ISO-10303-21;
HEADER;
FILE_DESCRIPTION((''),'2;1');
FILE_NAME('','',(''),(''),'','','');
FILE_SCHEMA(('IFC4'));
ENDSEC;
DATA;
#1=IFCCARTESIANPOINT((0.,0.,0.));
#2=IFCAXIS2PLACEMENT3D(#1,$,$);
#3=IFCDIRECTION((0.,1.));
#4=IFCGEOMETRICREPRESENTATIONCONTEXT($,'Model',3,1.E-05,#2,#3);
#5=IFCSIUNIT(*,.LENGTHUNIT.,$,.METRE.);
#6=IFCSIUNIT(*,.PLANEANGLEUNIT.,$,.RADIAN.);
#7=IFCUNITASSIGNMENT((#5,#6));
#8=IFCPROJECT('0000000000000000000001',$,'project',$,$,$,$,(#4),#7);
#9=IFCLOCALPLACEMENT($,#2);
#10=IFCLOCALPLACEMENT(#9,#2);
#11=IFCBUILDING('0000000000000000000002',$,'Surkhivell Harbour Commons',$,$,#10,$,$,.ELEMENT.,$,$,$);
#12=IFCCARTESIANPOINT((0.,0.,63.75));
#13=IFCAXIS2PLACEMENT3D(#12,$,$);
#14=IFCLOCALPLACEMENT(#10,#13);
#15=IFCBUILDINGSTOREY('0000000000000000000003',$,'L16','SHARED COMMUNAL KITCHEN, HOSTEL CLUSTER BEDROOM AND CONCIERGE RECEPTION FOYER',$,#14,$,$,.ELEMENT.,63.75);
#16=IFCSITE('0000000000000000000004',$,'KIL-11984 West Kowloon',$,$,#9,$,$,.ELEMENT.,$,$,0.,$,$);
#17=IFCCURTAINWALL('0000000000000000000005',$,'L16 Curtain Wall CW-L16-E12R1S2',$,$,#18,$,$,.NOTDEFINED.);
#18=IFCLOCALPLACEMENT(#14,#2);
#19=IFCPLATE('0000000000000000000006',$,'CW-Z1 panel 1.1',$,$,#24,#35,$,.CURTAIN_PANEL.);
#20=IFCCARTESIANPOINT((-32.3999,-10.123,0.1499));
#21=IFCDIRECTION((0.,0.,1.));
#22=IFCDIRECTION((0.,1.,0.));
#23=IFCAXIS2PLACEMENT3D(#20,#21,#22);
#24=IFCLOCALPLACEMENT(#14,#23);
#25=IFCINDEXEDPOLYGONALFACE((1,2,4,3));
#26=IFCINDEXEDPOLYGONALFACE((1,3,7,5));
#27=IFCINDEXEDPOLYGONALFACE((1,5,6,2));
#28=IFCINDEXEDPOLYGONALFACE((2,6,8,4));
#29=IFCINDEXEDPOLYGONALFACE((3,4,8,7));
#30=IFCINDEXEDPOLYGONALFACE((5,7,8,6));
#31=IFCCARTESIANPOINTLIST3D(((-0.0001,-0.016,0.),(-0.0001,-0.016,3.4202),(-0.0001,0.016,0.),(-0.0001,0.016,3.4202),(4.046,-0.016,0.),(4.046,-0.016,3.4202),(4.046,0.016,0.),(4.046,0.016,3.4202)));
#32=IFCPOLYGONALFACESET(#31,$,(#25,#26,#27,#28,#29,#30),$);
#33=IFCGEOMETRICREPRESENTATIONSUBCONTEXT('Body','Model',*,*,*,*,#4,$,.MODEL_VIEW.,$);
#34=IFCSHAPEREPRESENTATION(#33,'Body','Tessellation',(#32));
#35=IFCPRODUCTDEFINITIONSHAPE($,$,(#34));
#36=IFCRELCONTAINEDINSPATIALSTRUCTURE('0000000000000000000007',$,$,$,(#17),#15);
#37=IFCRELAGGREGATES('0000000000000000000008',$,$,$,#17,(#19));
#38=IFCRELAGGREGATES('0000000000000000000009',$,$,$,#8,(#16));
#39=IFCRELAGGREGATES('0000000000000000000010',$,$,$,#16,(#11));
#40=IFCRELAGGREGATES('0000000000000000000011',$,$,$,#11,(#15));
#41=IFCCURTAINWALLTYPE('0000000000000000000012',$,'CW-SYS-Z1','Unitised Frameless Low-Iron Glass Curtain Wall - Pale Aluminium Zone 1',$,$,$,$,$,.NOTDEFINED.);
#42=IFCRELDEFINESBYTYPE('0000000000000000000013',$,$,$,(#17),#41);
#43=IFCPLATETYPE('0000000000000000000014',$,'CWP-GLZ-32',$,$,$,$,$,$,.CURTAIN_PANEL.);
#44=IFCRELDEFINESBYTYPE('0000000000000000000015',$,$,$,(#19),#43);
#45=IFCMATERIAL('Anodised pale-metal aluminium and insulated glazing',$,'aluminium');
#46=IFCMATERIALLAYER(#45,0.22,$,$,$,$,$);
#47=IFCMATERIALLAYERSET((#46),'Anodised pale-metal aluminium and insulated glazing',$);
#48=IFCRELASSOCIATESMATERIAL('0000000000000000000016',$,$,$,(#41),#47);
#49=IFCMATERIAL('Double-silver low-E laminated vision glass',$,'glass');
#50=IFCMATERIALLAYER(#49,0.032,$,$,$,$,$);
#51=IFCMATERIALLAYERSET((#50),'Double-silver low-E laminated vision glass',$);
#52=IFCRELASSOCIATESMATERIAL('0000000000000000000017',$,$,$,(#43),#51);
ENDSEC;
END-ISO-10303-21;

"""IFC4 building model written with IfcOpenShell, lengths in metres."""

from ifc_helpers import new_model, si_unit, direction, frame, frame_2d, origin, place, context, subcontext, project, spatial, rectangle, extrude, material, layer, layer_set, type_object, element, aggregate, save


model = new_model("IFC4")

# Units and contexts
model_context = context("Model", 3, precision=1e-05, world=origin(), true_north=direction((0.0, 1.0)))
body_context = subcontext(model_context, "Body", "Model", "MODEL_VIEW")
ifc_project = project(units=[si_unit("LENGTHUNIT", "METRE"), si_unit("PLANEANGLEUNIT", "RADIAN")], contexts=[model_context])

# Site, building, storey
site_placement = place(None, origin())
site = spatial("IfcSite", under=ifc_project, at=site_placement, Name="KIL-11984 West Kowloon", CompositionType="ELEMENT", RefElevation=0.0)
building_placement = place(site_placement, origin())
building = spatial("IfcBuilding", under=site, at=building_placement, Name="Surkhivell Harbour Commons", CompositionType="ELEMENT")
storey_placement = place(building_placement, frame((0.0, 0.0, 63.75)))
storey = spatial("IfcBuildingStorey", under=building, at=storey_placement, Name="L16", Description="SHARED COMMUNAL KITCHEN, HOSTEL CLUSTER BEDROOM AND CONCIERGE RECEPTION FOYER", CompositionType="ELEMENT", Elevation=63.75)

# Curtain wall
ifc_material_1 = material(Name="Anodised pale-metal aluminium and insulated glazing", Category="aluminium")
ifc_layer_1 = layer(ifc_material_1, 0.22)
ifc_layer_set_1 = layer_set([ifc_layer_1], Name="Anodised pale-metal aluminium and insulated glazing")
curtain_wall_type = type_object("IfcCurtainWallType", Name="CW-SYS-Z1", Description="Unitised Frameless Low-Iron Glass Curtain Wall - Pale Aluminium Zone 1", PredefinedType="NOTDEFINED", material=ifc_layer_set_1)
curtain_wall_placement = place(storey_placement, origin())
curtain_wall = element("IfcCurtainWall", 1, at=curtain_wall_placement, inside=storey, type_object=curtain_wall_type, Name="L16 Curtain Wall CW-L16-E12R1S2", PredefinedType="NOTDEFINED")

# Plate
ifc_material_2 = material(Name="Double-silver low-E laminated vision glass", Category="glass")
ifc_layer_2 = layer(ifc_material_2, 0.032)
ifc_layer_set_2 = layer_set([ifc_layer_2], Name="Double-silver low-E laminated vision glass")
plate_type_1 = type_object("IfcPlateType", Name="CWP-GLZ-32", PredefinedType="CURTAIN_PANEL", material=ifc_layer_set_2)
plate_1_placement = place(storey_placement, frame((-32.3999, -10.123, 0.1499), z_axis=(0.0, 0.0, 1.0), x_axis=(0.0, 1.0, 0.0)))
plate_1 = element("IfcPlate", 2, at=plate_1_placement, type_object=plate_type_1, Name="CW-Z1 panel 1.1", PredefinedType="CURTAIN_PANEL", context=body_context, shape_type="SweptSolid", body=[
    extrude(rectangle(XDim=4.0461, YDim=0.032, at=frame_2d((2.0229, 0.0))), origin(), (0.0, 0.0, 1.0), 3.4202),
])
aggregate(curtain_wall, [plate_1])

save(model, "model.ifc")
